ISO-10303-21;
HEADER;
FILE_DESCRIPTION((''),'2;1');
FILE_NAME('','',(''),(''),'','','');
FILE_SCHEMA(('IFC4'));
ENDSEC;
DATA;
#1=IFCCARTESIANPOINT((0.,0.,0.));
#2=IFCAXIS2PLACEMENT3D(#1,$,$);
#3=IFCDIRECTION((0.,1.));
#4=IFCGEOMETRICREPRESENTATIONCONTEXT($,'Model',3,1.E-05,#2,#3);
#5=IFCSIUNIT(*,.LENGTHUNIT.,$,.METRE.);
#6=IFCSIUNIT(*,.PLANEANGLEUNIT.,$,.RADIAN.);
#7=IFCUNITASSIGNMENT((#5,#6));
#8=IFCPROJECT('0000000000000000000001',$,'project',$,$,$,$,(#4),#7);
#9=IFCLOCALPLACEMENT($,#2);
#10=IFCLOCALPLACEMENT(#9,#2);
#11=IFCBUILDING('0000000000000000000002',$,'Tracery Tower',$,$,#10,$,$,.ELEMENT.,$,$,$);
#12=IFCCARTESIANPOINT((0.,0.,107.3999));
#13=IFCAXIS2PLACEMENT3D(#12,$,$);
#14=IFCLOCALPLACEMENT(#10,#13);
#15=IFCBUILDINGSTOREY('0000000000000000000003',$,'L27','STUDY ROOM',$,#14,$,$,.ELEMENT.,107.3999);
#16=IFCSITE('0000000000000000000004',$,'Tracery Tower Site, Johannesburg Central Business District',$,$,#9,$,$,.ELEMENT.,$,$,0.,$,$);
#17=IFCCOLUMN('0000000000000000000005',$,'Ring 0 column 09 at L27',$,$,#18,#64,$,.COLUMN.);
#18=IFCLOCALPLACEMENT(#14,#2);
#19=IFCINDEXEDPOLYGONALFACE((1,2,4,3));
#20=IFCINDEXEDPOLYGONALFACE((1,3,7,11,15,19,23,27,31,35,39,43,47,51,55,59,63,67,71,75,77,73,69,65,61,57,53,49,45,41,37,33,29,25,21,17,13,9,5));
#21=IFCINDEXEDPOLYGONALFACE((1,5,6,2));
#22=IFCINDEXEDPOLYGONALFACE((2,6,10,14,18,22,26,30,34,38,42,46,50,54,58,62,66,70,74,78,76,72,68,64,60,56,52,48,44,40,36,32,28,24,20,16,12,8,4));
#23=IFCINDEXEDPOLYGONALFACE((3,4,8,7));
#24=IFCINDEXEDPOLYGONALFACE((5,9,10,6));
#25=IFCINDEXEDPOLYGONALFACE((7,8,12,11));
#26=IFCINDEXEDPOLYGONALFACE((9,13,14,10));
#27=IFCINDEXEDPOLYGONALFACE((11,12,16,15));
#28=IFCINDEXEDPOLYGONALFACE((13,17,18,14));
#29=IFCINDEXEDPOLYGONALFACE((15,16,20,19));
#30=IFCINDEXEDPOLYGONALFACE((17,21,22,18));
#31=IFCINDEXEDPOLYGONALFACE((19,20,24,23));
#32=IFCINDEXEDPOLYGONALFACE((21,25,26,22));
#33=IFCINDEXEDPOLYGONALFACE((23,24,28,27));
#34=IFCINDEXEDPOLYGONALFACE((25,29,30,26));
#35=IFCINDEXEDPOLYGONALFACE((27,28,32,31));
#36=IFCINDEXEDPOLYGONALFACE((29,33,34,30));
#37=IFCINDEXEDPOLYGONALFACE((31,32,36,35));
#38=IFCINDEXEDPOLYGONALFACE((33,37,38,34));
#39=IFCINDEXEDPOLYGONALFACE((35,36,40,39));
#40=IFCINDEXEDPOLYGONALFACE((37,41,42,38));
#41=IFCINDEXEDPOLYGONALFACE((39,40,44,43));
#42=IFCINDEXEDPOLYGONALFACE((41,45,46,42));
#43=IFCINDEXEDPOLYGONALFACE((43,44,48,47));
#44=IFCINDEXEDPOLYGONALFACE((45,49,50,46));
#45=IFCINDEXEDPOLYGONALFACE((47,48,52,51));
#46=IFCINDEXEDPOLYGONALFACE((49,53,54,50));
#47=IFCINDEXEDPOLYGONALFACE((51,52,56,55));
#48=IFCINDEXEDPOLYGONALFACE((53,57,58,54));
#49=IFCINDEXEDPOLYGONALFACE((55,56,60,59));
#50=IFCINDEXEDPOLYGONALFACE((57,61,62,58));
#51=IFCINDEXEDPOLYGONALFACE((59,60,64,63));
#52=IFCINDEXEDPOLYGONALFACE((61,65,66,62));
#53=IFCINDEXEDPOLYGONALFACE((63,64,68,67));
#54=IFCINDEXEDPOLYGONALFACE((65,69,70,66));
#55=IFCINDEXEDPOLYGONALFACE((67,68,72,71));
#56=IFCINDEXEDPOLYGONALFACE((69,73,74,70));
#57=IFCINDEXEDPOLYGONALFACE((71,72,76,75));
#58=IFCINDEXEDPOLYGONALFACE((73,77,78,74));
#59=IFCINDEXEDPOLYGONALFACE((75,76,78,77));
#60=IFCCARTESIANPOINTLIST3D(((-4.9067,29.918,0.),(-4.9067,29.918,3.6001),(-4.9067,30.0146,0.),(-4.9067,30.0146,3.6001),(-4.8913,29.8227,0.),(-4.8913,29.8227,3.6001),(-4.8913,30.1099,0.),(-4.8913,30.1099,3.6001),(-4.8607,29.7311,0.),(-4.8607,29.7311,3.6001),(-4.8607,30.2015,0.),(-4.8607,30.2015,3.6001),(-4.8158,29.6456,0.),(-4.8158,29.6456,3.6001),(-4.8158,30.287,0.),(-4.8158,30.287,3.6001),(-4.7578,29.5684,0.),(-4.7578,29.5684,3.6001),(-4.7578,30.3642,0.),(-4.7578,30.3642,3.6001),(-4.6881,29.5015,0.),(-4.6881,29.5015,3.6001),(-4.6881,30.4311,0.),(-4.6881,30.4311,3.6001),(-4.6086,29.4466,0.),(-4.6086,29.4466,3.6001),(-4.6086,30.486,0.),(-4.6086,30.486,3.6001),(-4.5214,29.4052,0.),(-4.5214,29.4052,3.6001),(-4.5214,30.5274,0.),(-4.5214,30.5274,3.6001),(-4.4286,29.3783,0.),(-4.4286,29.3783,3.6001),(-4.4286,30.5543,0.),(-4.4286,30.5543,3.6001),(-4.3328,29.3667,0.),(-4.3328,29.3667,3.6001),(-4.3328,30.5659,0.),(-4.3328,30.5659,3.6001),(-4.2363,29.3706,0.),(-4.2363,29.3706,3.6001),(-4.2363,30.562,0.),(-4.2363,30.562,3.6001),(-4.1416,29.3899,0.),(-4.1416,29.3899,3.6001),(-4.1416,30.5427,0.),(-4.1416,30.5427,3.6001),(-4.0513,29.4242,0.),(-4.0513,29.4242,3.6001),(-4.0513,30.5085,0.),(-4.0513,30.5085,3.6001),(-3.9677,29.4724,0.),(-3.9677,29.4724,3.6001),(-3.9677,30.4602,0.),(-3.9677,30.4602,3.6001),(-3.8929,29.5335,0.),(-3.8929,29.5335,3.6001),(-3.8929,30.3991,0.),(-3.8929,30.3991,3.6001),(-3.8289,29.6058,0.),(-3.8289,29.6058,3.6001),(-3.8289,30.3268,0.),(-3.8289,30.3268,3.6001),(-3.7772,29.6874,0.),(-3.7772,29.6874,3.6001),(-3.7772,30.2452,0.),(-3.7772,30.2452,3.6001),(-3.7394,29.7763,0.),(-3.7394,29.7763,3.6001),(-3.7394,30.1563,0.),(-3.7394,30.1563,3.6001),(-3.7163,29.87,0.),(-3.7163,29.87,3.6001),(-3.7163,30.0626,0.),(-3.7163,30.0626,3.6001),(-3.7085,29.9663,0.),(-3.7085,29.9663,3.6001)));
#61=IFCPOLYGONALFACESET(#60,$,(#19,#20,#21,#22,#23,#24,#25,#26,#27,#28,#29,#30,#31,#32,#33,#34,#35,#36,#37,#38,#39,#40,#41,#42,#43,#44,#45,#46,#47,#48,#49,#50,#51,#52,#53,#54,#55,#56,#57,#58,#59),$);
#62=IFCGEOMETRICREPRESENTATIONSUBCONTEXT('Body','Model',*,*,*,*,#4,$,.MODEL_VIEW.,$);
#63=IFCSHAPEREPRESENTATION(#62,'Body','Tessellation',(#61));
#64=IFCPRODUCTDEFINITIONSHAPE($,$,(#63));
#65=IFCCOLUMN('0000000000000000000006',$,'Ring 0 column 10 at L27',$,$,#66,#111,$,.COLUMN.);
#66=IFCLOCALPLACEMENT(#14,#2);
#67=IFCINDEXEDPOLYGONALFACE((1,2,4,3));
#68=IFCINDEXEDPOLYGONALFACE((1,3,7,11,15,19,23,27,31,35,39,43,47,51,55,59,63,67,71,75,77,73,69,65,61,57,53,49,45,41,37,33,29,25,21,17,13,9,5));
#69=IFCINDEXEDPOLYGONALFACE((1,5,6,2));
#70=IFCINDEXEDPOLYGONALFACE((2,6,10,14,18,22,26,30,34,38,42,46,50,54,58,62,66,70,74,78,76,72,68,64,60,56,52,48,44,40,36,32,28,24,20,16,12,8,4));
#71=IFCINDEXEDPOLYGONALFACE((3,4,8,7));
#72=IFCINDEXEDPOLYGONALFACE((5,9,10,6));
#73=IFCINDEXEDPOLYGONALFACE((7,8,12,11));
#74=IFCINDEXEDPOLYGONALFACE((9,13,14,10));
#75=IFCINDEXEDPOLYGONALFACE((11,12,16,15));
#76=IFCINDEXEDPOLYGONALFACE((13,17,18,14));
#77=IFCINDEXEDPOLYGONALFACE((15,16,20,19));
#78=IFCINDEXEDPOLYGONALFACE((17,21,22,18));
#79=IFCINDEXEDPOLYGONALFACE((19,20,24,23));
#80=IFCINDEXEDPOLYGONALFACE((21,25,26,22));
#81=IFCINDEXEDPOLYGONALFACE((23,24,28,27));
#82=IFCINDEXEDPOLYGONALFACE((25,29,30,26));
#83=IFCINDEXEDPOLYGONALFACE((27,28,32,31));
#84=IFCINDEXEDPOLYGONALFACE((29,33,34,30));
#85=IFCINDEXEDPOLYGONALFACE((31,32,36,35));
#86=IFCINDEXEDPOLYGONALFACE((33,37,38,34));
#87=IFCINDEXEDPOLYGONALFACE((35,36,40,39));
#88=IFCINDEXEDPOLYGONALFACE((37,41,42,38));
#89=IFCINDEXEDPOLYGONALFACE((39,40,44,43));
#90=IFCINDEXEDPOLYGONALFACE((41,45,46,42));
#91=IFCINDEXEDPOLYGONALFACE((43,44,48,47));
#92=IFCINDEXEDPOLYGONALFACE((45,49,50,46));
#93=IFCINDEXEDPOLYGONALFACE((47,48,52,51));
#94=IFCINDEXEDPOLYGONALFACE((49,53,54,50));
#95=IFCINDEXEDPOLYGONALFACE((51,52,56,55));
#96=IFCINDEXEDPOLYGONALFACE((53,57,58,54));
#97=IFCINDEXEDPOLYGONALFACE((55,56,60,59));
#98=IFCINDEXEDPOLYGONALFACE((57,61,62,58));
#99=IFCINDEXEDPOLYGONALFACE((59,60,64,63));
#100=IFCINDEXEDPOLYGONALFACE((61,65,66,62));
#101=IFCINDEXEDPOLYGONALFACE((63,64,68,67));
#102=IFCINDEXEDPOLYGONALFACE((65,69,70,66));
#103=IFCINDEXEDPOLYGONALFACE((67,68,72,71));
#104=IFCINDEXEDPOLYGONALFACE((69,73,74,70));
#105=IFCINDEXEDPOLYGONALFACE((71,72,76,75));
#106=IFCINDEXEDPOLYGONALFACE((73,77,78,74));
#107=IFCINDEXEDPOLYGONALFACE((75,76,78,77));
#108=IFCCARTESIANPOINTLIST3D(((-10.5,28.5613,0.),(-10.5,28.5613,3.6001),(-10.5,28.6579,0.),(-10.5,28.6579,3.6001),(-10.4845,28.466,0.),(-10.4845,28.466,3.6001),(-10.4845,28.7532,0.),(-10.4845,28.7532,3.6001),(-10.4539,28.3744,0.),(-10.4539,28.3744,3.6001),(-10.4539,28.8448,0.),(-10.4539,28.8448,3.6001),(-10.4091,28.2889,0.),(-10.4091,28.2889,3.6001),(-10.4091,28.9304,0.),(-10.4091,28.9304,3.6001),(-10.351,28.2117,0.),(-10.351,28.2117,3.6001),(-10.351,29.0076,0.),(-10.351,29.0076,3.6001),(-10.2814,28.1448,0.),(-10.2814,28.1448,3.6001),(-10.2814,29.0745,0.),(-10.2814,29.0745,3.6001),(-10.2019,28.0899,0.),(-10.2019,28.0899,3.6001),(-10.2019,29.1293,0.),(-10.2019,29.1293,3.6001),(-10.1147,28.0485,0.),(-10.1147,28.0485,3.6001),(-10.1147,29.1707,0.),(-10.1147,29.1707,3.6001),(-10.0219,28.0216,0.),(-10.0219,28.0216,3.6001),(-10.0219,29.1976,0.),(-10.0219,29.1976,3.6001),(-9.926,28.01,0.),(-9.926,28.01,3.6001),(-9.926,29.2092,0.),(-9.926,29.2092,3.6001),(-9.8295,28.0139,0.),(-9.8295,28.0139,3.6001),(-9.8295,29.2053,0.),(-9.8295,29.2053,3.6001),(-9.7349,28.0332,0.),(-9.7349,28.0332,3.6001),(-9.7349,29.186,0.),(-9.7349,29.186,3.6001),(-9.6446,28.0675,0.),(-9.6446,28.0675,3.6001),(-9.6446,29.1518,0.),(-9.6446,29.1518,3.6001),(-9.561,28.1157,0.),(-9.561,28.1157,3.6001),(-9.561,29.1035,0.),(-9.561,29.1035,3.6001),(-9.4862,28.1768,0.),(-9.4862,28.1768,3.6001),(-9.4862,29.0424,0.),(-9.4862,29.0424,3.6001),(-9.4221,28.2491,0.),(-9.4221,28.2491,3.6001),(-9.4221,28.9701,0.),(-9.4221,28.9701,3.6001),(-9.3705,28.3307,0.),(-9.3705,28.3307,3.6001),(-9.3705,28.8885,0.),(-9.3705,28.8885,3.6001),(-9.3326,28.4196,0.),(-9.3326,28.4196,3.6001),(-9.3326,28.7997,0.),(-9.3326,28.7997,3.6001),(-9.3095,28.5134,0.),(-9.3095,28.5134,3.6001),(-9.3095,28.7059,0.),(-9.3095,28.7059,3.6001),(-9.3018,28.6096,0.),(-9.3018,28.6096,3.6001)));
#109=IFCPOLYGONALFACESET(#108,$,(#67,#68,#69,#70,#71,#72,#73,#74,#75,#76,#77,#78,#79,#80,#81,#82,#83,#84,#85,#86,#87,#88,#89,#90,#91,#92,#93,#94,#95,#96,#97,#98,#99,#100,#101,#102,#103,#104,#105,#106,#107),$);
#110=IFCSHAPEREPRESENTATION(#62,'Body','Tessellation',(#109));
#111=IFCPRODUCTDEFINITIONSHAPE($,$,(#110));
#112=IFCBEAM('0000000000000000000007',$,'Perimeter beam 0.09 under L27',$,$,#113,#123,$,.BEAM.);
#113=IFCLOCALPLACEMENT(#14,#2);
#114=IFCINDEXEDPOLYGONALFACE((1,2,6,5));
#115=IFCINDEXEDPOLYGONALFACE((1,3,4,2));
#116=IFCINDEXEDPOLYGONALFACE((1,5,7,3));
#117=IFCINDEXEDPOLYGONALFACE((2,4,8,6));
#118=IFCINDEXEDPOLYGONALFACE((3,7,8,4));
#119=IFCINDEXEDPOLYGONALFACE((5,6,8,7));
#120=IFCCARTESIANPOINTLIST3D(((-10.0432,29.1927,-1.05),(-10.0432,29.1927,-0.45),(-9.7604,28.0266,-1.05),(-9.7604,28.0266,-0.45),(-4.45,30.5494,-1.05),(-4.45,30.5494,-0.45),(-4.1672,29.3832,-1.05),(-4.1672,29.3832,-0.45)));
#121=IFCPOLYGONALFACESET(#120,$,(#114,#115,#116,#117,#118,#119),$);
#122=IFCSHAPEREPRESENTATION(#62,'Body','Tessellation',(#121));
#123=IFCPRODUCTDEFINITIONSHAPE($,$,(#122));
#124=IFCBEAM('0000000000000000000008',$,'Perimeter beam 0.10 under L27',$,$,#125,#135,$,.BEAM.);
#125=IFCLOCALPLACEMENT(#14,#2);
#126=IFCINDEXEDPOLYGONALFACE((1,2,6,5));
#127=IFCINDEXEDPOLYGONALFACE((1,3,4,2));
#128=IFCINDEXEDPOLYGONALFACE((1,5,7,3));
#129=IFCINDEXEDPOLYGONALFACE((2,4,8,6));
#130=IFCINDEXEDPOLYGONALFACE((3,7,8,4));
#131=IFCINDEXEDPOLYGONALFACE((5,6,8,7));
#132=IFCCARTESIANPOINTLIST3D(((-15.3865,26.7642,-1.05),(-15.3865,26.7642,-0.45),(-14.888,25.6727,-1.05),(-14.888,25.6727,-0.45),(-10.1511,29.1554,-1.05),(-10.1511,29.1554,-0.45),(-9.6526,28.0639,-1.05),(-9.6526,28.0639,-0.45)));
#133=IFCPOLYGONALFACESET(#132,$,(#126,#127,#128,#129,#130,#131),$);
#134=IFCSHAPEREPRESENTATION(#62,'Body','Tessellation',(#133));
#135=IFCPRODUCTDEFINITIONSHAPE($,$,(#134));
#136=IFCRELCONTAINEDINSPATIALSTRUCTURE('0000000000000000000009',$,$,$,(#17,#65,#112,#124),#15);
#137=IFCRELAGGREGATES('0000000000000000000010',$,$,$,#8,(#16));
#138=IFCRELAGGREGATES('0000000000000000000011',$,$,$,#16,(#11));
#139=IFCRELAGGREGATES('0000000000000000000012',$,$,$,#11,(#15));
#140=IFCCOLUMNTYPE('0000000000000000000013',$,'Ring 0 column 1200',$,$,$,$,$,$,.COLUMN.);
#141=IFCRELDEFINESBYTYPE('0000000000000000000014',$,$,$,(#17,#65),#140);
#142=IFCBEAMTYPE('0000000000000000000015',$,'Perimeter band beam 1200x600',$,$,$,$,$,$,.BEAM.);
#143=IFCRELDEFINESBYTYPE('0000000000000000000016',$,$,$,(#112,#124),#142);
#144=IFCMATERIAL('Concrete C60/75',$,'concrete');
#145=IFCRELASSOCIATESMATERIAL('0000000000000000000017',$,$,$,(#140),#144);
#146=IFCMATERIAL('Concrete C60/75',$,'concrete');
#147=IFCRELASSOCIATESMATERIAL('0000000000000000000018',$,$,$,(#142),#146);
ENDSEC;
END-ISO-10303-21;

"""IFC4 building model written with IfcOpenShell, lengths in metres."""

from ifc_helpers import new_model, si_unit, direction, frame, origin, origin_2d, place, context, subcontext, project, spatial, rectangle, circle, extrude, material, material_profile, profile_set, type_object, element, save


model = new_model("IFC4")

# Units and contexts
model_context = context("Model", 3, precision=1e-05, world=origin(), true_north=direction((0.0, 1.0)))
body_context = subcontext(model_context, "Body", "Model", "MODEL_VIEW")
ifc_project = project(units=[si_unit("LENGTHUNIT", "METRE"), si_unit("PLANEANGLEUNIT", "RADIAN")], contexts=[model_context])

# Site, building, storey
site_placement = place(None, origin())
site = spatial("IfcSite", under=ifc_project, at=site_placement, Name="Tracery Tower Site, Johannesburg Central Business District", CompositionType="ELEMENT", RefElevation=0.0)
building_placement = place(site_placement, origin())
building = spatial("IfcBuilding", under=site, at=building_placement, Name="Tracery Tower", CompositionType="ELEMENT")
storey_placement = place(building_placement, frame((0.0, 0.0, 107.3999)))
storey = spatial("IfcBuildingStorey", under=building, at=storey_placement, Name="L27", Description="STUDY ROOM", CompositionType="ELEMENT", Elevation=107.3999)

# Columns
ifc_material_1 = material(Name="Concrete C60/75", Category="concrete")
ifc_material_profile_1 = material_profile(ifc_material_1, circle(Radius=0.6001, at=origin_2d()), Name="RC D1200")
ifc_profile_set_1 = profile_set([ifc_material_profile_1], Name="Concrete C60/75")
column_type = type_object("IfcColumnType", Name="Ring 0 column 1200", PredefinedType="COLUMN", material=ifc_profile_set_1)
for number, where, z_axis, x_axis, name in (
    (1, (-4.3086, 29.9663, 0.0), (0.0, 0.0, 1.0), (1.0, 0.0, 0.0), "Ring 0 column 09 at L27"),
    (2, (-9.9019, 28.6096, 0.0), (0.0, 0.0, 1.0), (1.0, 0.0, 0.0), "Ring 0 column 10 at L27"),
):
    element("IfcColumn", number, at=place(storey_placement, frame(where, z_axis=z_axis, x_axis=x_axis)), inside=storey, type_object=column_type, Name=name, PredefinedType="COLUMN", context=body_context, shape_type="SweptSolid", body=[
        extrude(circle(Radius=0.6001, at=origin_2d()), origin(), (0.0, 0.0, 1.0), 3.6001),
    ])

# Beams
ifc_material_2 = material(Name="Concrete C60/75", Category="concrete")
ifc_material_profile_2 = material_profile(ifc_material_2, rectangle(XDim=1.2, YDim=0.6001, at=origin_2d()), Name="RC 1200x600")
ifc_profile_set_2 = profile_set([ifc_material_profile_2], Name="Concrete C60/75")
beam_type = type_object("IfcBeamType", Name="Perimeter band beam 1200x600", PredefinedType="BEAM", material=ifc_profile_set_2)
beam_1_placement = place(storey_placement, frame((-4.3086, 29.9663, -0.75), z_axis=(-0.97182, -0.235723, 0.0), x_axis=(0.235723, -0.97182, 0.0)))
element("IfcBeam", 3, at=beam_1_placement, inside=storey, type_object=beam_type, Name="Perimeter beam 0.09 under L27", PredefinedType="BEAM", context=body_context, shape_type="SweptSolid", body=[
    extrude(rectangle(XDim=1.2, YDim=0.6001, at=origin_2d()), origin(), (0.0, 0.0, 1.0), 5.7554),
])
beam_2_placement = place(storey_placement, frame((-9.9019, 28.6096, -0.75), z_axis=(-0.909618, -0.415445, 0.0), x_axis=(0.415445, -0.909618, 0.0)))
element("IfcBeam", 4, at=beam_2_placement, inside=storey, type_object=beam_type, Name="Perimeter beam 0.10 under L27", PredefinedType="BEAM", context=body_context, shape_type="SweptSolid", body=[
    extrude(rectangle(XDim=1.2, YDim=0.6001, at=origin_2d()), origin(), (0.0, 0.0, 1.0), 5.7556),
])

save(model, "model.ifc")
